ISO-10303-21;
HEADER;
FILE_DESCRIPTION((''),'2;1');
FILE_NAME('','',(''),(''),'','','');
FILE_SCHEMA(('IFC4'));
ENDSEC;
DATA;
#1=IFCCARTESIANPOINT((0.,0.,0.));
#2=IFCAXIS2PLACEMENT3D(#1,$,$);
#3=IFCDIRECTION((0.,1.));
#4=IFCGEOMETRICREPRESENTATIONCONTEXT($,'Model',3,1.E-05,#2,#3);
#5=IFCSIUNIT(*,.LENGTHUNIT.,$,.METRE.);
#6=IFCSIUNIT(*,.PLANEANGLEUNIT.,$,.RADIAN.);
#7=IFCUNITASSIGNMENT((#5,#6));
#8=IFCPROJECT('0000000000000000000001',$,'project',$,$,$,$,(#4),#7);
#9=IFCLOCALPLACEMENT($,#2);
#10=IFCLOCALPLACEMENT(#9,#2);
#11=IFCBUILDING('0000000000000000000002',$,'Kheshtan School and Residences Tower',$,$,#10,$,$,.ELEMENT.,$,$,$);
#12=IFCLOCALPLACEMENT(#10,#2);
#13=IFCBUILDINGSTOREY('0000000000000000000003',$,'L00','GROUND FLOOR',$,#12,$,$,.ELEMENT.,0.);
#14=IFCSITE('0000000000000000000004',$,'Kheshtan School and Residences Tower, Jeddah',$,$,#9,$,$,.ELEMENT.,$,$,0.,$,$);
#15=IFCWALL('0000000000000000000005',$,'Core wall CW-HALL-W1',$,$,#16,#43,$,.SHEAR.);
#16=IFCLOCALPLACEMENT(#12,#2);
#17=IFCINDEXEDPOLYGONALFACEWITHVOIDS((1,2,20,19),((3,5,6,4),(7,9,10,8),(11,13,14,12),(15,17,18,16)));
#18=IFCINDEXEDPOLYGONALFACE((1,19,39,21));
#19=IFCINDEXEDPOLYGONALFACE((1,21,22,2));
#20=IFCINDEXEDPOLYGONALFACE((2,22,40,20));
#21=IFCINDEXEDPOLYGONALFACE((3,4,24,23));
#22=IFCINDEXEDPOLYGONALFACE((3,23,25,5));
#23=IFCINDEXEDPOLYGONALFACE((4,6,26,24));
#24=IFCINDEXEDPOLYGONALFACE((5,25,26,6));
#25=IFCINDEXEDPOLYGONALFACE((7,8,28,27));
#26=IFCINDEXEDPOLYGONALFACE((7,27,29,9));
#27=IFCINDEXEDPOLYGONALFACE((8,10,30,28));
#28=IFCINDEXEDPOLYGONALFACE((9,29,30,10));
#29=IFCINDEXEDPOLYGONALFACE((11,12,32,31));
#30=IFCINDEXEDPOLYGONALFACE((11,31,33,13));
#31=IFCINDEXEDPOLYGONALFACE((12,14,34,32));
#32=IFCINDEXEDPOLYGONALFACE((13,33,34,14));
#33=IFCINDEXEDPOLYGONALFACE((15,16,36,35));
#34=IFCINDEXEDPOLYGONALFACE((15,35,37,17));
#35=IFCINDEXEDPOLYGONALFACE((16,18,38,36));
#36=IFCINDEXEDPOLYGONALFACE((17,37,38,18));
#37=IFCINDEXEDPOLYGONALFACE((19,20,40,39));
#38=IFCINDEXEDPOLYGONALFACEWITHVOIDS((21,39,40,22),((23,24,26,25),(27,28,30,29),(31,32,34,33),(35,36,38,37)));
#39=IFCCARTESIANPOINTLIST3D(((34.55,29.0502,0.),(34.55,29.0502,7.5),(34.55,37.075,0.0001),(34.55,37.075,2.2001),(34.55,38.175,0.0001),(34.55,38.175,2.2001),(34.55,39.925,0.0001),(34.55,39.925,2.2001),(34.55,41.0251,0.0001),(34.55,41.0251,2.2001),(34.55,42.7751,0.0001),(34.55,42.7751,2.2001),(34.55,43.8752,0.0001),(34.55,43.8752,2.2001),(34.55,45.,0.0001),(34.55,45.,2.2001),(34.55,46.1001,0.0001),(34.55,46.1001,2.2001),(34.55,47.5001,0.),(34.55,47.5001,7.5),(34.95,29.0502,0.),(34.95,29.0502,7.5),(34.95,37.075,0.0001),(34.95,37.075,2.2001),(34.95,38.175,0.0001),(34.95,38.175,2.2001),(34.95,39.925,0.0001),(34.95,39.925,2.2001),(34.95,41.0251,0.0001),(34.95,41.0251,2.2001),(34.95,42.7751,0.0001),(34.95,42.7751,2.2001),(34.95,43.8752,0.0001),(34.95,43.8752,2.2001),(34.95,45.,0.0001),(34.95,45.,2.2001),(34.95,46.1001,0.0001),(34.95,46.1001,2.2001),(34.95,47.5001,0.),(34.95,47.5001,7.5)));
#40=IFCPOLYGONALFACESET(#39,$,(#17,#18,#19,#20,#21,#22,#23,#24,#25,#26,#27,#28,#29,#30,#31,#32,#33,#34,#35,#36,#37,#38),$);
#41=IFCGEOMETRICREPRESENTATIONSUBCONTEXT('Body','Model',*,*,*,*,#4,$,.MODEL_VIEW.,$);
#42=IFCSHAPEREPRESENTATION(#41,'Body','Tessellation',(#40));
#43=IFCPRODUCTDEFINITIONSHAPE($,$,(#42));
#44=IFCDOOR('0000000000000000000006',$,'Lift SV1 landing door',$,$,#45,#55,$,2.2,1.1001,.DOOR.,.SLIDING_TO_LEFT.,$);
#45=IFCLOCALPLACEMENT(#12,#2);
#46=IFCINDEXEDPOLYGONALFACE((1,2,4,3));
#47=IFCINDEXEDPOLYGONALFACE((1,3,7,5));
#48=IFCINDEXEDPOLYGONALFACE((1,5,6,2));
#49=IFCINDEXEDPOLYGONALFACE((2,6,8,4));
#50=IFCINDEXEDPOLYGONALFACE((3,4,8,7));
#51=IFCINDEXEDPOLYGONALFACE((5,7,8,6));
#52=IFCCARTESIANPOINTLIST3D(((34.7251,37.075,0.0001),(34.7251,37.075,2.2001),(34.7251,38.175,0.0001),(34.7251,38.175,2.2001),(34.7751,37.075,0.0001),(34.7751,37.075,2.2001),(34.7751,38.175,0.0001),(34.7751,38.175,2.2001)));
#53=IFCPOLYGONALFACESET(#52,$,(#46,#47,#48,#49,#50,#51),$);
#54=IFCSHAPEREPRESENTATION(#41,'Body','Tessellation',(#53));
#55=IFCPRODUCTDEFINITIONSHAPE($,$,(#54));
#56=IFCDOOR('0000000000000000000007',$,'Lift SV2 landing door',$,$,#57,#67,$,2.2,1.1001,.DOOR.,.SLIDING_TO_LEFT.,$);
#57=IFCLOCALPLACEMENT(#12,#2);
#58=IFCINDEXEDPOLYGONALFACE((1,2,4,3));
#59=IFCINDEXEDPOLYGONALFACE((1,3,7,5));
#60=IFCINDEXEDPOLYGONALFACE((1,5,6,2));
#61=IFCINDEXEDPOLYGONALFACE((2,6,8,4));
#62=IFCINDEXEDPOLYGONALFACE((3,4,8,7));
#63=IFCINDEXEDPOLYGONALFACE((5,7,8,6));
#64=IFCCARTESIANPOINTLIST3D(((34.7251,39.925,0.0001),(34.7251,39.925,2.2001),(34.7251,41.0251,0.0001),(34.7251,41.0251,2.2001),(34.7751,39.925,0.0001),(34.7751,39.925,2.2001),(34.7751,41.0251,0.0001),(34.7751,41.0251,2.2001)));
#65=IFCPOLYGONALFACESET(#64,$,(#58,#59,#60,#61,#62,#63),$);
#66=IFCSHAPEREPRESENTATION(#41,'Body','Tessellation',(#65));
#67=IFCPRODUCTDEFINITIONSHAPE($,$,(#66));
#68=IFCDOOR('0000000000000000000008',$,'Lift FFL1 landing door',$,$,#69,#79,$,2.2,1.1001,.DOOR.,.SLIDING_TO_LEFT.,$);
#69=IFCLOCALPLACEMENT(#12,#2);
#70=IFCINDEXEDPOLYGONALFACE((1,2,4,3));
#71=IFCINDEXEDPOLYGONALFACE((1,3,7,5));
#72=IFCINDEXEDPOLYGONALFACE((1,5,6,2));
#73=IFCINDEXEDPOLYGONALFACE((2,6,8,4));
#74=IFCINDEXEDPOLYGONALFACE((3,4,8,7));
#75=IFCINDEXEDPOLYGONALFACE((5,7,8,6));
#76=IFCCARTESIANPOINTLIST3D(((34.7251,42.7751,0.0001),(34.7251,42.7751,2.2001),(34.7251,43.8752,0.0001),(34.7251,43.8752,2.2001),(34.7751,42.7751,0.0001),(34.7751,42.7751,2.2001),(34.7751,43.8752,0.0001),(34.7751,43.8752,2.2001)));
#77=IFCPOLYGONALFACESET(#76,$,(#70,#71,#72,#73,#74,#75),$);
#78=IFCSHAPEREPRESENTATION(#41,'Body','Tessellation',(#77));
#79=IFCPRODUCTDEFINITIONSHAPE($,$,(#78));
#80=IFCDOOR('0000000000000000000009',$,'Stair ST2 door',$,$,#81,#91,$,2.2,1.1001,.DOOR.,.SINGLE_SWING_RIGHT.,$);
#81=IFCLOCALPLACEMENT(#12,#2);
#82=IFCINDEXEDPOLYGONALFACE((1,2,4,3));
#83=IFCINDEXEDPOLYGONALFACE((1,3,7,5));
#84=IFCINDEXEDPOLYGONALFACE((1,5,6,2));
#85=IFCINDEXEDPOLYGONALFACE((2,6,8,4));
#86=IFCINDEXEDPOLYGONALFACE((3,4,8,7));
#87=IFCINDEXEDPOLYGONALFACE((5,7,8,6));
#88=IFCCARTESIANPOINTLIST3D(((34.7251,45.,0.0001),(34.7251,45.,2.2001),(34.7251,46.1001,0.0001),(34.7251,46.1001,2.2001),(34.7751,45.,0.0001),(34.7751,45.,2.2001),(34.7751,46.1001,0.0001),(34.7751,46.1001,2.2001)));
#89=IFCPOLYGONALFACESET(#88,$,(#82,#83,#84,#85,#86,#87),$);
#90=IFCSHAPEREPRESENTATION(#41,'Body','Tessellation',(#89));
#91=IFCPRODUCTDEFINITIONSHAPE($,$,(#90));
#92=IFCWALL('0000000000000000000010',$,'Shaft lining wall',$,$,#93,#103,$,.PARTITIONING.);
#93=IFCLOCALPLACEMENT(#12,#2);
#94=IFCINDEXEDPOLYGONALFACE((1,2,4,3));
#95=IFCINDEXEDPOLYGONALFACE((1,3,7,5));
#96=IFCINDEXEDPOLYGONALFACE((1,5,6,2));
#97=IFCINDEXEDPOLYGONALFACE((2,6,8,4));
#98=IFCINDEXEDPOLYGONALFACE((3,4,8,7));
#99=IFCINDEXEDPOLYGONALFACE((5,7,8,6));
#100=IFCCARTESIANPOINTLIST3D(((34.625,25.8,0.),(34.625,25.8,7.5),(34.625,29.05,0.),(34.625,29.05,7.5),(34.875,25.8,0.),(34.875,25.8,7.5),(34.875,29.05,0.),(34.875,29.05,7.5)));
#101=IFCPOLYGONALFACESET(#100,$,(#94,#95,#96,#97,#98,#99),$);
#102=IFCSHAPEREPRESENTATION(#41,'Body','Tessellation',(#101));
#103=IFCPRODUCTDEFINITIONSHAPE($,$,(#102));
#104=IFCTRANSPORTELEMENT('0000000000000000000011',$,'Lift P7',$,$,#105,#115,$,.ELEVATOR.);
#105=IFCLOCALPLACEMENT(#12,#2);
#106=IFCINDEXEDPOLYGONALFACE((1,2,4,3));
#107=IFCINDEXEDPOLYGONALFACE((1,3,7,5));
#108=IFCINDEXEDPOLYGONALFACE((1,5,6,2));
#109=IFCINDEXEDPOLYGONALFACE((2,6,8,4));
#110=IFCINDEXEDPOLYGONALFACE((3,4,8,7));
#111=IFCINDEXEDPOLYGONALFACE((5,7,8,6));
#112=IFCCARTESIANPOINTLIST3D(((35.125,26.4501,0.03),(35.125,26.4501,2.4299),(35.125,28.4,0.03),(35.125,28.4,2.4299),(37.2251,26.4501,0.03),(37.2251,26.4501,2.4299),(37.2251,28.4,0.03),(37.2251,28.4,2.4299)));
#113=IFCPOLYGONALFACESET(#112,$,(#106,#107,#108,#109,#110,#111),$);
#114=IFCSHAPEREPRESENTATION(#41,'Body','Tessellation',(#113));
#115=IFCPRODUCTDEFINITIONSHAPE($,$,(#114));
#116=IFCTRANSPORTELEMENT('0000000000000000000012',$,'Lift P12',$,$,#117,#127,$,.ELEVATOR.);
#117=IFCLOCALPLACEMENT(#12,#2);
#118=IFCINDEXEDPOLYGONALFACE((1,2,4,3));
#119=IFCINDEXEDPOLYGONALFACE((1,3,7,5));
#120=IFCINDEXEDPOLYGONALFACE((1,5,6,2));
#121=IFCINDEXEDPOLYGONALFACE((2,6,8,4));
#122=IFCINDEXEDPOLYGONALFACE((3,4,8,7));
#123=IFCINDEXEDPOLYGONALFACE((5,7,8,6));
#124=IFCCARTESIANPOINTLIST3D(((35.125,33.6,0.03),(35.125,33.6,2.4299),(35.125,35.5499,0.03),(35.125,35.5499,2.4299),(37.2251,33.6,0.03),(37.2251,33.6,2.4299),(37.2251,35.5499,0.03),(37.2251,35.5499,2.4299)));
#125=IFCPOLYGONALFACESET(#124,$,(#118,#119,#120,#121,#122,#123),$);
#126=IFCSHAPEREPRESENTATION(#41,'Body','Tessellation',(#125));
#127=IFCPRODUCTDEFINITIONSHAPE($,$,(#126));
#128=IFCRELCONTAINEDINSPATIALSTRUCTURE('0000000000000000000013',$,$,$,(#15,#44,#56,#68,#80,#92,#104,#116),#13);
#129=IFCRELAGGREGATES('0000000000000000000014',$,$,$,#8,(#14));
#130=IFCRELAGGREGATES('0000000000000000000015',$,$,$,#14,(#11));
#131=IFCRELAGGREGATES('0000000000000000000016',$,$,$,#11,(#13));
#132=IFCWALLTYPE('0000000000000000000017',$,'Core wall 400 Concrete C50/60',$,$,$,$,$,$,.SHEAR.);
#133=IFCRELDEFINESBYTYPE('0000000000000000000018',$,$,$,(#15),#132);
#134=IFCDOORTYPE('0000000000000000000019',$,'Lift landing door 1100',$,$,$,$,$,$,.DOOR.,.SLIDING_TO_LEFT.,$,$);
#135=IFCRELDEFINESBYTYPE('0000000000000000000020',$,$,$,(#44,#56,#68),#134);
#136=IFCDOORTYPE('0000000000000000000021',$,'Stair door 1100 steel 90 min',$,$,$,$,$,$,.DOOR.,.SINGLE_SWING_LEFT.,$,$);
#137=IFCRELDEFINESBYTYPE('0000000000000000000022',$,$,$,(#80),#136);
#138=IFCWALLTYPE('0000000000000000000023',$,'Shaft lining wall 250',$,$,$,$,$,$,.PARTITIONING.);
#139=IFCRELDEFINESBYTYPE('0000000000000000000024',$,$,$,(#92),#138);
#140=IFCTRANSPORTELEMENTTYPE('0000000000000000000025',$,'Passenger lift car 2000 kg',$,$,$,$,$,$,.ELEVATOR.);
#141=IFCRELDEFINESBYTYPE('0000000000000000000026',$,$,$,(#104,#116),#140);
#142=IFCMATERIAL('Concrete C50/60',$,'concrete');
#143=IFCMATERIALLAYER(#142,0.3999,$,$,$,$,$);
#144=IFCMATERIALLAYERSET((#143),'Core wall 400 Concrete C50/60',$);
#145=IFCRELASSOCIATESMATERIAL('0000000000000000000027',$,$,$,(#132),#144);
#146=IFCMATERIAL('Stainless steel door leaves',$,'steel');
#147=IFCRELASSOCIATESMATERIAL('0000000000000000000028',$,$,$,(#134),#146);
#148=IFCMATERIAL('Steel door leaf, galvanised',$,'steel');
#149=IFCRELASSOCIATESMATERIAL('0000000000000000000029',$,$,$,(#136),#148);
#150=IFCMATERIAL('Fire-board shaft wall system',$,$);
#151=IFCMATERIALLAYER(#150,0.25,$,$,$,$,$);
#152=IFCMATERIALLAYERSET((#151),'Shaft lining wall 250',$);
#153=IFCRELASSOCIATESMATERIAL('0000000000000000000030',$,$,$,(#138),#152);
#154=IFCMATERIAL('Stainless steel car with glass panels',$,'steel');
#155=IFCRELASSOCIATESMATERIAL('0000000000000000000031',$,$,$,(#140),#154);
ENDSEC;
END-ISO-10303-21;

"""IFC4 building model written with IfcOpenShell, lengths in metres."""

from ifc_helpers import new_model, si_unit, direction, frame, frame_2d, origin, origin_2d, place, context, subcontext, project, spatial, rectangle, extrude, source, transform, mapped, material, layer, layer_set, type_object, element, fill, save


model = new_model("IFC4")

# Units and contexts
model_context = context("Model", 3, precision=1e-05, world=origin(), true_north=direction((0.0, 1.0)))
body_context = subcontext(model_context, "Body", "Model", "MODEL_VIEW")
ifc_project = project(units=[si_unit("LENGTHUNIT", "METRE"), si_unit("PLANEANGLEUNIT", "RADIAN")], contexts=[model_context])

# Site, building, storey
site_placement = place(None, origin())
site = spatial("IfcSite", under=ifc_project, at=site_placement, Name="Kheshtan School and Residences Tower, Jeddah", CompositionType="ELEMENT", RefElevation=0.0)
building_placement = place(site_placement, origin())
building = spatial("IfcBuilding", under=site, at=building_placement, Name="Kheshtan School and Residences Tower", CompositionType="ELEMENT")
storey_placement = place(building_placement, origin())
storey = spatial("IfcBuildingStorey", under=building, at=storey_placement, Name="L00", Description="GROUND FLOOR", CompositionType="ELEMENT", Elevation=0.0)

# Wall, openings, doors
ifc_material_1 = material(Name="Concrete C50/60", Category="concrete")
ifc_layer_1 = layer(ifc_material_1, 0.3999)
ifc_layer_set_1 = layer_set([ifc_layer_1], Name="Core wall 400 Concrete C50/60")
wall_type_1 = type_object("IfcWallType", Name="Core wall 400 Concrete C50/60", PredefinedType="SHEAR", material=ifc_layer_set_1)
ifc_material_2 = material(Name="Stainless steel door leaves", Category="steel")
door_type_1 = type_object("IfcDoorType", Name="Lift landing door 1100", OperationType="SLIDING_TO_LEFT", PredefinedType="DOOR", material=ifc_material_2)
shared_shape_1 = source(origin(), body_context, "Body", "SweptSolid", [
    extrude(rectangle(XDim=1.1001, YDim=2.2, at=frame_2d((0.55, 1.1001))), frame((0.0, 0.0249, 0.0), z_axis=(0.0, -1.0, 0.0), x_axis=(1.0, 0.0, 0.0)), (0.0, 0.0, 1.0), 0.05),
])
wall_1_placement = place(storey_placement, frame((34.75, 29.05, 0.0), z_axis=(0.0, 0.0, 1.0), x_axis=(0.0, 1.0, 0.0)))
wall_1 = element("IfcWall", 1, at=wall_1_placement, inside=storey, type_object=wall_type_1, Name="Core wall CW-HALL-W1", PredefinedType="SHEAR", context=body_context, shape_type="SweptSolid", body=[
    extrude(rectangle(XDim=18.45, YDim=0.3999, at=frame_2d((9.2251, 0.0))), origin(), (0.0, 0.0, 1.0), 7.5),
])
opening_1_placement = place(wall_1_placement, frame((8.0249, 0.0, 0.0)))
opening_1 = element("IfcOpeningElement", 2, at=opening_1_placement, cuts=wall_1, PredefinedType="OPENING", context=body_context, shape_type="SweptSolid", body=[
    extrude(rectangle(XDim=1.1001, YDim=2.2, at=frame_2d((0.55, 1.1001))), frame((0.0, 0.21, 0.0), z_axis=(0.0, -1.0, 0.0), x_axis=(1.0, 0.0, 0.0)), (0.0, 0.0, 1.0), 0.4199),
])
opening_2_placement = place(wall_1_placement, frame((10.875, 0.0, 0.0)))
opening_2 = element("IfcOpeningElement", 3, at=opening_2_placement, cuts=wall_1, PredefinedType="OPENING", context=body_context, shape_type="SweptSolid", body=[
    extrude(rectangle(XDim=1.1001, YDim=2.2, at=frame_2d((0.55, 1.1001))), frame((0.0, 0.21, 0.0), z_axis=(0.0, -1.0, 0.0), x_axis=(1.0, 0.0, 0.0)), (0.0, 0.0, 1.0), 0.4199),
])
opening_3_placement = place(wall_1_placement, frame((13.7251, 0.0, 0.0)))
opening_3 = element("IfcOpeningElement", 4, at=opening_3_placement, cuts=wall_1, PredefinedType="OPENING", context=body_context, shape_type="SweptSolid", body=[
    extrude(rectangle(XDim=1.1001, YDim=2.2, at=frame_2d((0.55, 1.1001))), frame((0.0, 0.21, 0.0), z_axis=(0.0, -1.0, 0.0), x_axis=(1.0, 0.0, 0.0)), (0.0, 0.0, 1.0), 0.4199),
])
opening_4_placement = place(wall_1_placement, frame((15.95, 0.0, 0.0)))
opening_4 = element("IfcOpeningElement", 5, at=opening_4_placement, cuts=wall_1, PredefinedType="OPENING", context=body_context, shape_type="SweptSolid", body=[
    extrude(rectangle(XDim=1.1001, YDim=2.2, at=frame_2d((0.55, 1.1001))), frame((0.0, 0.21, 0.0), z_axis=(0.0, -1.0, 0.0), x_axis=(1.0, 0.0, 0.0)), (0.0, 0.0, 1.0), 0.4199),
])
door_1_placement = place(opening_1_placement, origin())
door_1 = element("IfcDoor", 6, at=door_1_placement, inside=storey, type_object=door_type_1, Name="Lift SV1 landing door", OperationType="SLIDING_TO_LEFT", OverallHeight=2.2, OverallWidth=1.1001, PredefinedType="DOOR", context=body_context, shape_type="MappedRepresentation", body=[
    mapped(shared_shape_1, transform((0.0, 0.0, 0.0), x_axis=(1.0, 0.0, 0.0), y_axis=(0.0, 1.0, 0.0), z_axis=(0.0, 0.0, 1.0), scale=1.0)),
])
fill(opening_1, door_1)
door_2_placement = place(opening_2_placement, origin())
door_2 = element("IfcDoor", 7, at=door_2_placement, inside=storey, type_object=door_type_1, Name="Lift SV2 landing door", OperationType="SLIDING_TO_LEFT", OverallHeight=2.2, OverallWidth=1.1001, PredefinedType="DOOR", context=body_context, shape_type="MappedRepresentation", body=[
    mapped(shared_shape_1, transform((0.0, 0.0, 0.0), x_axis=(1.0, 0.0, 0.0), y_axis=(0.0, 1.0, 0.0), z_axis=(0.0, 0.0, 1.0), scale=1.0)),
])
fill(opening_2, door_2)
door_3_placement = place(opening_3_placement, origin())
door_3 = element("IfcDoor", 8, at=door_3_placement, inside=storey, type_object=door_type_1, Name="Lift FFL1 landing door", OperationType="SLIDING_TO_LEFT", OverallHeight=2.2, OverallWidth=1.1001, PredefinedType="DOOR", context=body_context, shape_type="MappedRepresentation", body=[
    mapped(shared_shape_1, transform((0.0, 0.0, 0.0), x_axis=(1.0, 0.0, 0.0), y_axis=(0.0, 1.0, 0.0), z_axis=(0.0, 0.0, 1.0), scale=1.0)),
])
fill(opening_3, door_3)
ifc_material_3 = material(Name="Steel door leaf, galvanised", Category="steel")
door_type_2 = type_object("IfcDoorType", Name="Stair door 1100 steel 90 min", OperationType="SINGLE_SWING_LEFT", PredefinedType="DOOR", material=ifc_material_3)
shared_shape_2 = source(origin(), body_context, "Body", "SweptSolid", [
    extrude(rectangle(XDim=1.1001, YDim=2.2, at=frame_2d((0.55, 1.1001))), frame((0.0, 0.0249, 0.0), z_axis=(0.0, -1.0, 0.0), x_axis=(1.0, 0.0, 0.0)), (0.0, 0.0, 1.0), 0.05),
])
door_4_placement = place(opening_4_placement, origin())
door_4 = element("IfcDoor", 9, at=door_4_placement, inside=storey, type_object=door_type_2, Name="Stair ST2 door", OperationType="SINGLE_SWING_RIGHT", OverallHeight=2.2, OverallWidth=1.1001, PredefinedType="DOOR", context=body_context, shape_type="MappedRepresentation", body=[
    mapped(shared_shape_2, transform((0.0, 0.0, 0.0), x_axis=(1.0, 0.0, 0.0), y_axis=(0.0, 1.0, 0.0), z_axis=(0.0, 0.0, 1.0), scale=1.0)),
])
fill(opening_4, door_4)

# Wall
ifc_material_4 = material(Name="Fire-board shaft wall system")
ifc_layer_2 = layer(ifc_material_4, 0.25)
ifc_layer_set_2 = layer_set([ifc_layer_2], Name="Shaft lining wall 250")
wall_type_2 = type_object("IfcWallType", Name="Shaft lining wall 250", PredefinedType="PARTITIONING", material=ifc_layer_set_2)
wall_2_placement = place(storey_placement, frame((34.75, 25.8, 0.0), z_axis=(0.0, 0.0, 1.0), x_axis=(0.0, 1.0, 0.0)))
element("IfcWall", 10, at=wall_2_placement, inside=storey, type_object=wall_type_2, Name="Shaft lining wall", PredefinedType="PARTITIONING", context=body_context, shape_type="SweptSolid", body=[
    extrude(rectangle(XDim=3.25, YDim=0.25, at=frame_2d((1.625, 0.0))), origin(), (0.0, 0.0, 1.0), 7.5),
])

# Transport elements
ifc_material_5 = material(Name="Stainless steel car with glass panels", Category="steel")
transport_element_type = type_object("IfcTransportElementType", Name="Passenger lift car 2000 kg", PredefinedType="ELEVATOR", material=ifc_material_5)
for number, where, z_axis, x_axis, name in (
    (11, (36.175, 27.425, 0.03), (0.0, 0.0, 1.0), (1.0, 0.0, 0.0), "Lift P7"),
    (12, (36.175, 34.575, 0.03), (0.0, 0.0, 1.0), (1.0, 0.0, 0.0), "Lift P12"),
):
    element("IfcTransportElement", number, at=place(storey_placement, frame(where, z_axis=z_axis, x_axis=x_axis)), inside=storey, type_object=transport_element_type, Name=name, PredefinedType="ELEVATOR", context=body_context, shape_type="SweptSolid", body=[
        extrude(rectangle(XDim=2.1001, YDim=1.95, at=origin_2d()), origin(), (0.0, 0.0, 1.0), 2.3999),
    ])

save(model, "model.ifc")
